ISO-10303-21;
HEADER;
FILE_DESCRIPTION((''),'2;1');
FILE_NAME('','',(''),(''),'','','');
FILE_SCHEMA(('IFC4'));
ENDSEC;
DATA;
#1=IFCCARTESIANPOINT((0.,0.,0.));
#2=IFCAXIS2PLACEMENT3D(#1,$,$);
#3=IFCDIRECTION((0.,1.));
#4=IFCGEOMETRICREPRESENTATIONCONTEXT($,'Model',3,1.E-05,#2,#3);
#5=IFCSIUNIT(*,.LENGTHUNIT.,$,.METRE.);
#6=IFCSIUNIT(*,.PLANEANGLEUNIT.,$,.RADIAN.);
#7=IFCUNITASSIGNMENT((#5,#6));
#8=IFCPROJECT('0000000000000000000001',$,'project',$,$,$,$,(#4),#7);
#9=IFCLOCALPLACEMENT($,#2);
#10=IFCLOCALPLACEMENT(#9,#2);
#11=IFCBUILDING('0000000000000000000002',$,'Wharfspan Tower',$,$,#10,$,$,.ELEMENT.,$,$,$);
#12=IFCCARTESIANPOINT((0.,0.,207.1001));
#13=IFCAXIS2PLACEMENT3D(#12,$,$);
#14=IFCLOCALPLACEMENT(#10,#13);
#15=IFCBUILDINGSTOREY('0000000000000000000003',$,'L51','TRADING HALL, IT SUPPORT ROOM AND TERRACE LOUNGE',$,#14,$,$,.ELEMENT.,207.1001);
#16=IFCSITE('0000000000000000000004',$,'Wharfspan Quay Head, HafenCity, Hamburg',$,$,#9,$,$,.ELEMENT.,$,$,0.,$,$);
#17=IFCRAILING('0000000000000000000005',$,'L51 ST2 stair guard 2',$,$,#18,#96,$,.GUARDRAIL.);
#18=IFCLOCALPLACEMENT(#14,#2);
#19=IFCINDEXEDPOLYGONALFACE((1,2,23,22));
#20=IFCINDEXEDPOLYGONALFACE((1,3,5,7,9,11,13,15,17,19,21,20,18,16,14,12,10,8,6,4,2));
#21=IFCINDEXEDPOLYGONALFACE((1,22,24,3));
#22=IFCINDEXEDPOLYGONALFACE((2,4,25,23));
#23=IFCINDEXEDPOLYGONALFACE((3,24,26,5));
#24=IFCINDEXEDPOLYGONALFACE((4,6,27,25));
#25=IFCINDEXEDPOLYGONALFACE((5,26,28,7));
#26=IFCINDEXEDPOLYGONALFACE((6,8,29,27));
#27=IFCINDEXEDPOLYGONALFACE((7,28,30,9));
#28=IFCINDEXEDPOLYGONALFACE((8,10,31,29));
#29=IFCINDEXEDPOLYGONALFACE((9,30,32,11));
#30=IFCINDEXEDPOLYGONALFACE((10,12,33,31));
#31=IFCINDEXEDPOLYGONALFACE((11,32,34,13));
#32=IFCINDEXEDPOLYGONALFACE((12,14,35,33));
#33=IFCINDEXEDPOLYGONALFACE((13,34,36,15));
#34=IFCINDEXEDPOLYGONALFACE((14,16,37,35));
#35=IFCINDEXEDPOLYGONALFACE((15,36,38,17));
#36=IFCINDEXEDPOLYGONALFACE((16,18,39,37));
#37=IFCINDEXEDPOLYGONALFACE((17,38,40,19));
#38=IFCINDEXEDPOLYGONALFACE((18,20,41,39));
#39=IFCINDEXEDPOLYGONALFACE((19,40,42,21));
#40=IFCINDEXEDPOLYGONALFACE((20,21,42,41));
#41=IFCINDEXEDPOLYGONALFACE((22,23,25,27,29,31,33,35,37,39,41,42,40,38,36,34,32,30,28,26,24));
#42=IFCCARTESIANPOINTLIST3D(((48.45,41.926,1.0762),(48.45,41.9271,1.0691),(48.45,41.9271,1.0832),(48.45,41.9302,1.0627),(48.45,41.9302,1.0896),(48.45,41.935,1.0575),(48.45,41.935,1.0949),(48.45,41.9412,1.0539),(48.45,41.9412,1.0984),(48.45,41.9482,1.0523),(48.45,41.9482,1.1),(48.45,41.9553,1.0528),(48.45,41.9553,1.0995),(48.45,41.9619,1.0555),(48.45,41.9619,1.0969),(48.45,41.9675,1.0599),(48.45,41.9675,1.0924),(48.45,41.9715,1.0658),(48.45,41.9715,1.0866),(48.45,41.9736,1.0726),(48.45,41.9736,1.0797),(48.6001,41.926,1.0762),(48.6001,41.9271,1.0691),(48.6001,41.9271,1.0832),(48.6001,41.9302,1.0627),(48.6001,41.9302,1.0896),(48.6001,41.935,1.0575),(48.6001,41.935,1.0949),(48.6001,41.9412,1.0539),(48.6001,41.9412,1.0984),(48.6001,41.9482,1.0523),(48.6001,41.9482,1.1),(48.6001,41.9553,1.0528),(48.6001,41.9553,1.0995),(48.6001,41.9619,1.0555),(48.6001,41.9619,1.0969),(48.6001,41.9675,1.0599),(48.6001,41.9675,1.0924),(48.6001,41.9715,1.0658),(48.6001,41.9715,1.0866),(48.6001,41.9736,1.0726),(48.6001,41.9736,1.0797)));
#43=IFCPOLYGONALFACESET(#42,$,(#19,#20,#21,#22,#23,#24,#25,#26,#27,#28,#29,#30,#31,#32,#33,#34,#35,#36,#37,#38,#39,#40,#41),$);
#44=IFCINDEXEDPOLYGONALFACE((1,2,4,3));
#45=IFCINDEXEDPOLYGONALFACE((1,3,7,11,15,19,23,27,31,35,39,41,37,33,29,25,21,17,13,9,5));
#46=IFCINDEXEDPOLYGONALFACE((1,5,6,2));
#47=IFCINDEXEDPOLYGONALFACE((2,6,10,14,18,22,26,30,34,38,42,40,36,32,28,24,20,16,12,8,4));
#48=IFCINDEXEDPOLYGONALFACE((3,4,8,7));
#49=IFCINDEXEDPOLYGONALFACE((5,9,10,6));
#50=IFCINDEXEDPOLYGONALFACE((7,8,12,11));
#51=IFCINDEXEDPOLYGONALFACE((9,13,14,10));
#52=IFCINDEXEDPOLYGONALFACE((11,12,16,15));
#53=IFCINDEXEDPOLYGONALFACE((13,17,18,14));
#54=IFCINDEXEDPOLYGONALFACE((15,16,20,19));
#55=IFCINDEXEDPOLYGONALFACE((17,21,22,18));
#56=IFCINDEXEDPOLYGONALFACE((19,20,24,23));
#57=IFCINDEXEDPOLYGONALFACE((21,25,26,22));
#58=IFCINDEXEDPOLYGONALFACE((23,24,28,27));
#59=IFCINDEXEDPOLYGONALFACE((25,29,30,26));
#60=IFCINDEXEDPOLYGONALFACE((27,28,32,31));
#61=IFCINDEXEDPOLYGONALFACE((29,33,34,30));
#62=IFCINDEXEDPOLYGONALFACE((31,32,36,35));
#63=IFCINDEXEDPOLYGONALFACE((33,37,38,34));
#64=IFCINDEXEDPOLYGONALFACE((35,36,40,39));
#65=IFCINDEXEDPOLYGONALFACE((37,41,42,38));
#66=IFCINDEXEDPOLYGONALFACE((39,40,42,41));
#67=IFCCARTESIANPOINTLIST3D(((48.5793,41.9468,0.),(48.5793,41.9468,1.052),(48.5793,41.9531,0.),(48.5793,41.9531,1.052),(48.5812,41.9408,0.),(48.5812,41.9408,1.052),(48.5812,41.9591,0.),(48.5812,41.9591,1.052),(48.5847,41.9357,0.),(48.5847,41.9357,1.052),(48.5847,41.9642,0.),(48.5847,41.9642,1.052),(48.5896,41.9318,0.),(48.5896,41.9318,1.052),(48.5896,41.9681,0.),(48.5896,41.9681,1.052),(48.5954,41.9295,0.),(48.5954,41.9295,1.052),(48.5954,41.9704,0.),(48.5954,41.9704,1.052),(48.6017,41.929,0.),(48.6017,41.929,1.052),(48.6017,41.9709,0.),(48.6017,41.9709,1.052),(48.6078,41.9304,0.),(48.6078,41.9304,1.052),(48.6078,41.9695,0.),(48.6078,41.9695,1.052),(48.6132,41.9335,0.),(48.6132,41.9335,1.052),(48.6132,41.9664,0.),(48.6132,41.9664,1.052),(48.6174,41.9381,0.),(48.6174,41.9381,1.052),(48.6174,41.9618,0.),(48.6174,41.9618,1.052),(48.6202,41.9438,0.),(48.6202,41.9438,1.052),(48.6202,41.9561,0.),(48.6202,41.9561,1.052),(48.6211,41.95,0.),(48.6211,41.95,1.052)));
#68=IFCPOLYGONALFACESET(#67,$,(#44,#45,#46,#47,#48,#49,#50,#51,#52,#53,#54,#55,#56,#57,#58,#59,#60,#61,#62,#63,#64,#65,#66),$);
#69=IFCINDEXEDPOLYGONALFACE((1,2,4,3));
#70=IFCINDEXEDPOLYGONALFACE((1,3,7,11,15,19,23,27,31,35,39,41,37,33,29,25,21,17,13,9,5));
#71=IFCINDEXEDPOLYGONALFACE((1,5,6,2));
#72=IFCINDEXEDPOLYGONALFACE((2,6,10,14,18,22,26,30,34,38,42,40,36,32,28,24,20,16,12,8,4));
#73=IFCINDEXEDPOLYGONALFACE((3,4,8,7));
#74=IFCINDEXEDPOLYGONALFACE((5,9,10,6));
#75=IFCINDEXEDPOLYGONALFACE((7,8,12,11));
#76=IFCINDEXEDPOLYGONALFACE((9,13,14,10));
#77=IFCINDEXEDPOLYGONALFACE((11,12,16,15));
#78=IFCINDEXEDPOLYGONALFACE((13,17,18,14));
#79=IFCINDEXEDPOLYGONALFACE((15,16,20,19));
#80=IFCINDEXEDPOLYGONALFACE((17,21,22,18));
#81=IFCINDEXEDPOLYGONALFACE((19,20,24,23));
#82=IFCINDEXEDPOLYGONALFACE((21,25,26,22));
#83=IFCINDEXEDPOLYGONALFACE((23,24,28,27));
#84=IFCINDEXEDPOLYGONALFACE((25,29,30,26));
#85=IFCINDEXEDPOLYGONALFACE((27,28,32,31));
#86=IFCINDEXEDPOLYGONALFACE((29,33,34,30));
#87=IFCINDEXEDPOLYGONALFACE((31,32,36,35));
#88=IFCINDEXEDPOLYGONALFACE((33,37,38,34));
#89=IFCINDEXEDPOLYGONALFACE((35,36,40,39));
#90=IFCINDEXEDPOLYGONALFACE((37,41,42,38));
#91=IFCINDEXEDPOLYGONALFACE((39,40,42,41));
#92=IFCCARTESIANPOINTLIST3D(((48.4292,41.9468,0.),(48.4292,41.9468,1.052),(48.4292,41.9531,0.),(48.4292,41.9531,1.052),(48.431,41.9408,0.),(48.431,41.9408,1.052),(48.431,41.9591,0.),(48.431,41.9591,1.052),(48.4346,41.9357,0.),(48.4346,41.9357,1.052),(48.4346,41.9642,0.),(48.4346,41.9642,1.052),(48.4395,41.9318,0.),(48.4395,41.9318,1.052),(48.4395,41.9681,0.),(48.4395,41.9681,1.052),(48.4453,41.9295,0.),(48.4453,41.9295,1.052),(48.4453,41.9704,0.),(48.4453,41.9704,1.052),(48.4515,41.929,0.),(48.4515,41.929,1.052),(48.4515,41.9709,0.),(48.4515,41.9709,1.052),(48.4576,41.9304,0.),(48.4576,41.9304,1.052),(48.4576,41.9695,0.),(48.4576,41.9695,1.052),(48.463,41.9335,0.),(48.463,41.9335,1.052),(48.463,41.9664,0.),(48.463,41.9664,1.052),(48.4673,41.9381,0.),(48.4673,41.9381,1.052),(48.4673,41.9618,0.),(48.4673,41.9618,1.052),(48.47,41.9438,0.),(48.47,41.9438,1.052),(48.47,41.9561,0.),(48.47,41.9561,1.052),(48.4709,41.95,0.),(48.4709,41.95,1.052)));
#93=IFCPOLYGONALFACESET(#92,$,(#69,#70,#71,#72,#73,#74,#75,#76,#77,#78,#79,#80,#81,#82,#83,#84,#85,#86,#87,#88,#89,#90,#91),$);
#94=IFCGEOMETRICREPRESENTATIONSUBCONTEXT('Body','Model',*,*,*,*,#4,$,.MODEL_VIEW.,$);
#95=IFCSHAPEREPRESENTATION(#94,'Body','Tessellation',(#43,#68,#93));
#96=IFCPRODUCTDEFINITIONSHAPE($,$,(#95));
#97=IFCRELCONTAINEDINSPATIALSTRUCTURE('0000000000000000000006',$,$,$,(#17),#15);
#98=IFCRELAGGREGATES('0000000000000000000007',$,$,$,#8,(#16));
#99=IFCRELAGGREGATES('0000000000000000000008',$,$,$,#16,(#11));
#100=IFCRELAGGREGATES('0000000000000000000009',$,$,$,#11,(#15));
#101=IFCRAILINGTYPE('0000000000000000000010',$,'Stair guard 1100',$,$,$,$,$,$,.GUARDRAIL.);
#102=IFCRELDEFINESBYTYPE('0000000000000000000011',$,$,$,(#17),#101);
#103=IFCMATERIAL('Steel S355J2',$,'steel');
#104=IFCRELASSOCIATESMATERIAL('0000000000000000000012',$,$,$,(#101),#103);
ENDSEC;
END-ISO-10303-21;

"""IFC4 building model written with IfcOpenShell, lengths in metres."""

from ifc_helpers import new_model, si_unit, direction, frame, origin, origin_2d, place, context, subcontext, project, spatial, circle, extrude, material, type_object, element, save


model = new_model("IFC4")

# Units and contexts
model_context = context("Model", 3, precision=1e-05, world=origin(), true_north=direction((0.0, 1.0)))
body_context = subcontext(model_context, "Body", "Model", "MODEL_VIEW")
ifc_project = project(units=[si_unit("LENGTHUNIT", "METRE"), si_unit("PLANEANGLEUNIT", "RADIAN")], contexts=[model_context])

# Site, building, storey
site_placement = place(None, origin())
site = spatial("IfcSite", under=ifc_project, at=site_placement, Name="Wharfspan Quay Head, HafenCity, Hamburg", CompositionType="ELEMENT", RefElevation=0.0)
building_placement = place(site_placement, origin())
building = spatial("IfcBuilding", under=site, at=building_placement, Name="Wharfspan Tower", CompositionType="ELEMENT")
storey_placement = place(building_placement, frame((0.0, 0.0, 207.1001)))
storey = spatial("IfcBuildingStorey", under=building, at=storey_placement, Name="L51", Description="TRADING HALL, IT SUPPORT ROOM AND TERRACE LOUNGE", CompositionType="ELEMENT", Elevation=207.1001)

# Shared definitions
ifc_material_1 = material(Name="Steel S355J2", Category="steel")

# Railing
railing_type_1 = type_object("IfcRailingType", Name="Stair guard 1100", PredefinedType="GUARDRAIL", material=ifc_material_1)
railing_1_placement = place(storey_placement, frame((48.6001, 41.95, 0.0)))
element("IfcRailing", 1, at=railing_1_placement, inside=storey, type_object=railing_type_1, Name="L51 ST2 stair guard 2", PredefinedType="GUARDRAIL", context=body_context, shape_type="SweptSolid", body=[
    extrude(circle(Radius=0.0239, at=origin_2d()), frame((0.0, 0.0, 1.0762), z_axis=(-1.0, 0.0, 0.0), x_axis=(0.0, -1.0, 0.0)), (0.0, 0.0, 1.0), 0.1501),
    extrude(circle(Radius=0.021, at=origin_2d()), origin(), (0.0, 0.0, 1.0), 1.052),
    extrude(circle(Radius=0.021, at=origin_2d()), frame((-0.1501, 0.0, 0.0)), (0.0, 0.0, 1.0), 1.052),
])

save(model, "model.ifc")
